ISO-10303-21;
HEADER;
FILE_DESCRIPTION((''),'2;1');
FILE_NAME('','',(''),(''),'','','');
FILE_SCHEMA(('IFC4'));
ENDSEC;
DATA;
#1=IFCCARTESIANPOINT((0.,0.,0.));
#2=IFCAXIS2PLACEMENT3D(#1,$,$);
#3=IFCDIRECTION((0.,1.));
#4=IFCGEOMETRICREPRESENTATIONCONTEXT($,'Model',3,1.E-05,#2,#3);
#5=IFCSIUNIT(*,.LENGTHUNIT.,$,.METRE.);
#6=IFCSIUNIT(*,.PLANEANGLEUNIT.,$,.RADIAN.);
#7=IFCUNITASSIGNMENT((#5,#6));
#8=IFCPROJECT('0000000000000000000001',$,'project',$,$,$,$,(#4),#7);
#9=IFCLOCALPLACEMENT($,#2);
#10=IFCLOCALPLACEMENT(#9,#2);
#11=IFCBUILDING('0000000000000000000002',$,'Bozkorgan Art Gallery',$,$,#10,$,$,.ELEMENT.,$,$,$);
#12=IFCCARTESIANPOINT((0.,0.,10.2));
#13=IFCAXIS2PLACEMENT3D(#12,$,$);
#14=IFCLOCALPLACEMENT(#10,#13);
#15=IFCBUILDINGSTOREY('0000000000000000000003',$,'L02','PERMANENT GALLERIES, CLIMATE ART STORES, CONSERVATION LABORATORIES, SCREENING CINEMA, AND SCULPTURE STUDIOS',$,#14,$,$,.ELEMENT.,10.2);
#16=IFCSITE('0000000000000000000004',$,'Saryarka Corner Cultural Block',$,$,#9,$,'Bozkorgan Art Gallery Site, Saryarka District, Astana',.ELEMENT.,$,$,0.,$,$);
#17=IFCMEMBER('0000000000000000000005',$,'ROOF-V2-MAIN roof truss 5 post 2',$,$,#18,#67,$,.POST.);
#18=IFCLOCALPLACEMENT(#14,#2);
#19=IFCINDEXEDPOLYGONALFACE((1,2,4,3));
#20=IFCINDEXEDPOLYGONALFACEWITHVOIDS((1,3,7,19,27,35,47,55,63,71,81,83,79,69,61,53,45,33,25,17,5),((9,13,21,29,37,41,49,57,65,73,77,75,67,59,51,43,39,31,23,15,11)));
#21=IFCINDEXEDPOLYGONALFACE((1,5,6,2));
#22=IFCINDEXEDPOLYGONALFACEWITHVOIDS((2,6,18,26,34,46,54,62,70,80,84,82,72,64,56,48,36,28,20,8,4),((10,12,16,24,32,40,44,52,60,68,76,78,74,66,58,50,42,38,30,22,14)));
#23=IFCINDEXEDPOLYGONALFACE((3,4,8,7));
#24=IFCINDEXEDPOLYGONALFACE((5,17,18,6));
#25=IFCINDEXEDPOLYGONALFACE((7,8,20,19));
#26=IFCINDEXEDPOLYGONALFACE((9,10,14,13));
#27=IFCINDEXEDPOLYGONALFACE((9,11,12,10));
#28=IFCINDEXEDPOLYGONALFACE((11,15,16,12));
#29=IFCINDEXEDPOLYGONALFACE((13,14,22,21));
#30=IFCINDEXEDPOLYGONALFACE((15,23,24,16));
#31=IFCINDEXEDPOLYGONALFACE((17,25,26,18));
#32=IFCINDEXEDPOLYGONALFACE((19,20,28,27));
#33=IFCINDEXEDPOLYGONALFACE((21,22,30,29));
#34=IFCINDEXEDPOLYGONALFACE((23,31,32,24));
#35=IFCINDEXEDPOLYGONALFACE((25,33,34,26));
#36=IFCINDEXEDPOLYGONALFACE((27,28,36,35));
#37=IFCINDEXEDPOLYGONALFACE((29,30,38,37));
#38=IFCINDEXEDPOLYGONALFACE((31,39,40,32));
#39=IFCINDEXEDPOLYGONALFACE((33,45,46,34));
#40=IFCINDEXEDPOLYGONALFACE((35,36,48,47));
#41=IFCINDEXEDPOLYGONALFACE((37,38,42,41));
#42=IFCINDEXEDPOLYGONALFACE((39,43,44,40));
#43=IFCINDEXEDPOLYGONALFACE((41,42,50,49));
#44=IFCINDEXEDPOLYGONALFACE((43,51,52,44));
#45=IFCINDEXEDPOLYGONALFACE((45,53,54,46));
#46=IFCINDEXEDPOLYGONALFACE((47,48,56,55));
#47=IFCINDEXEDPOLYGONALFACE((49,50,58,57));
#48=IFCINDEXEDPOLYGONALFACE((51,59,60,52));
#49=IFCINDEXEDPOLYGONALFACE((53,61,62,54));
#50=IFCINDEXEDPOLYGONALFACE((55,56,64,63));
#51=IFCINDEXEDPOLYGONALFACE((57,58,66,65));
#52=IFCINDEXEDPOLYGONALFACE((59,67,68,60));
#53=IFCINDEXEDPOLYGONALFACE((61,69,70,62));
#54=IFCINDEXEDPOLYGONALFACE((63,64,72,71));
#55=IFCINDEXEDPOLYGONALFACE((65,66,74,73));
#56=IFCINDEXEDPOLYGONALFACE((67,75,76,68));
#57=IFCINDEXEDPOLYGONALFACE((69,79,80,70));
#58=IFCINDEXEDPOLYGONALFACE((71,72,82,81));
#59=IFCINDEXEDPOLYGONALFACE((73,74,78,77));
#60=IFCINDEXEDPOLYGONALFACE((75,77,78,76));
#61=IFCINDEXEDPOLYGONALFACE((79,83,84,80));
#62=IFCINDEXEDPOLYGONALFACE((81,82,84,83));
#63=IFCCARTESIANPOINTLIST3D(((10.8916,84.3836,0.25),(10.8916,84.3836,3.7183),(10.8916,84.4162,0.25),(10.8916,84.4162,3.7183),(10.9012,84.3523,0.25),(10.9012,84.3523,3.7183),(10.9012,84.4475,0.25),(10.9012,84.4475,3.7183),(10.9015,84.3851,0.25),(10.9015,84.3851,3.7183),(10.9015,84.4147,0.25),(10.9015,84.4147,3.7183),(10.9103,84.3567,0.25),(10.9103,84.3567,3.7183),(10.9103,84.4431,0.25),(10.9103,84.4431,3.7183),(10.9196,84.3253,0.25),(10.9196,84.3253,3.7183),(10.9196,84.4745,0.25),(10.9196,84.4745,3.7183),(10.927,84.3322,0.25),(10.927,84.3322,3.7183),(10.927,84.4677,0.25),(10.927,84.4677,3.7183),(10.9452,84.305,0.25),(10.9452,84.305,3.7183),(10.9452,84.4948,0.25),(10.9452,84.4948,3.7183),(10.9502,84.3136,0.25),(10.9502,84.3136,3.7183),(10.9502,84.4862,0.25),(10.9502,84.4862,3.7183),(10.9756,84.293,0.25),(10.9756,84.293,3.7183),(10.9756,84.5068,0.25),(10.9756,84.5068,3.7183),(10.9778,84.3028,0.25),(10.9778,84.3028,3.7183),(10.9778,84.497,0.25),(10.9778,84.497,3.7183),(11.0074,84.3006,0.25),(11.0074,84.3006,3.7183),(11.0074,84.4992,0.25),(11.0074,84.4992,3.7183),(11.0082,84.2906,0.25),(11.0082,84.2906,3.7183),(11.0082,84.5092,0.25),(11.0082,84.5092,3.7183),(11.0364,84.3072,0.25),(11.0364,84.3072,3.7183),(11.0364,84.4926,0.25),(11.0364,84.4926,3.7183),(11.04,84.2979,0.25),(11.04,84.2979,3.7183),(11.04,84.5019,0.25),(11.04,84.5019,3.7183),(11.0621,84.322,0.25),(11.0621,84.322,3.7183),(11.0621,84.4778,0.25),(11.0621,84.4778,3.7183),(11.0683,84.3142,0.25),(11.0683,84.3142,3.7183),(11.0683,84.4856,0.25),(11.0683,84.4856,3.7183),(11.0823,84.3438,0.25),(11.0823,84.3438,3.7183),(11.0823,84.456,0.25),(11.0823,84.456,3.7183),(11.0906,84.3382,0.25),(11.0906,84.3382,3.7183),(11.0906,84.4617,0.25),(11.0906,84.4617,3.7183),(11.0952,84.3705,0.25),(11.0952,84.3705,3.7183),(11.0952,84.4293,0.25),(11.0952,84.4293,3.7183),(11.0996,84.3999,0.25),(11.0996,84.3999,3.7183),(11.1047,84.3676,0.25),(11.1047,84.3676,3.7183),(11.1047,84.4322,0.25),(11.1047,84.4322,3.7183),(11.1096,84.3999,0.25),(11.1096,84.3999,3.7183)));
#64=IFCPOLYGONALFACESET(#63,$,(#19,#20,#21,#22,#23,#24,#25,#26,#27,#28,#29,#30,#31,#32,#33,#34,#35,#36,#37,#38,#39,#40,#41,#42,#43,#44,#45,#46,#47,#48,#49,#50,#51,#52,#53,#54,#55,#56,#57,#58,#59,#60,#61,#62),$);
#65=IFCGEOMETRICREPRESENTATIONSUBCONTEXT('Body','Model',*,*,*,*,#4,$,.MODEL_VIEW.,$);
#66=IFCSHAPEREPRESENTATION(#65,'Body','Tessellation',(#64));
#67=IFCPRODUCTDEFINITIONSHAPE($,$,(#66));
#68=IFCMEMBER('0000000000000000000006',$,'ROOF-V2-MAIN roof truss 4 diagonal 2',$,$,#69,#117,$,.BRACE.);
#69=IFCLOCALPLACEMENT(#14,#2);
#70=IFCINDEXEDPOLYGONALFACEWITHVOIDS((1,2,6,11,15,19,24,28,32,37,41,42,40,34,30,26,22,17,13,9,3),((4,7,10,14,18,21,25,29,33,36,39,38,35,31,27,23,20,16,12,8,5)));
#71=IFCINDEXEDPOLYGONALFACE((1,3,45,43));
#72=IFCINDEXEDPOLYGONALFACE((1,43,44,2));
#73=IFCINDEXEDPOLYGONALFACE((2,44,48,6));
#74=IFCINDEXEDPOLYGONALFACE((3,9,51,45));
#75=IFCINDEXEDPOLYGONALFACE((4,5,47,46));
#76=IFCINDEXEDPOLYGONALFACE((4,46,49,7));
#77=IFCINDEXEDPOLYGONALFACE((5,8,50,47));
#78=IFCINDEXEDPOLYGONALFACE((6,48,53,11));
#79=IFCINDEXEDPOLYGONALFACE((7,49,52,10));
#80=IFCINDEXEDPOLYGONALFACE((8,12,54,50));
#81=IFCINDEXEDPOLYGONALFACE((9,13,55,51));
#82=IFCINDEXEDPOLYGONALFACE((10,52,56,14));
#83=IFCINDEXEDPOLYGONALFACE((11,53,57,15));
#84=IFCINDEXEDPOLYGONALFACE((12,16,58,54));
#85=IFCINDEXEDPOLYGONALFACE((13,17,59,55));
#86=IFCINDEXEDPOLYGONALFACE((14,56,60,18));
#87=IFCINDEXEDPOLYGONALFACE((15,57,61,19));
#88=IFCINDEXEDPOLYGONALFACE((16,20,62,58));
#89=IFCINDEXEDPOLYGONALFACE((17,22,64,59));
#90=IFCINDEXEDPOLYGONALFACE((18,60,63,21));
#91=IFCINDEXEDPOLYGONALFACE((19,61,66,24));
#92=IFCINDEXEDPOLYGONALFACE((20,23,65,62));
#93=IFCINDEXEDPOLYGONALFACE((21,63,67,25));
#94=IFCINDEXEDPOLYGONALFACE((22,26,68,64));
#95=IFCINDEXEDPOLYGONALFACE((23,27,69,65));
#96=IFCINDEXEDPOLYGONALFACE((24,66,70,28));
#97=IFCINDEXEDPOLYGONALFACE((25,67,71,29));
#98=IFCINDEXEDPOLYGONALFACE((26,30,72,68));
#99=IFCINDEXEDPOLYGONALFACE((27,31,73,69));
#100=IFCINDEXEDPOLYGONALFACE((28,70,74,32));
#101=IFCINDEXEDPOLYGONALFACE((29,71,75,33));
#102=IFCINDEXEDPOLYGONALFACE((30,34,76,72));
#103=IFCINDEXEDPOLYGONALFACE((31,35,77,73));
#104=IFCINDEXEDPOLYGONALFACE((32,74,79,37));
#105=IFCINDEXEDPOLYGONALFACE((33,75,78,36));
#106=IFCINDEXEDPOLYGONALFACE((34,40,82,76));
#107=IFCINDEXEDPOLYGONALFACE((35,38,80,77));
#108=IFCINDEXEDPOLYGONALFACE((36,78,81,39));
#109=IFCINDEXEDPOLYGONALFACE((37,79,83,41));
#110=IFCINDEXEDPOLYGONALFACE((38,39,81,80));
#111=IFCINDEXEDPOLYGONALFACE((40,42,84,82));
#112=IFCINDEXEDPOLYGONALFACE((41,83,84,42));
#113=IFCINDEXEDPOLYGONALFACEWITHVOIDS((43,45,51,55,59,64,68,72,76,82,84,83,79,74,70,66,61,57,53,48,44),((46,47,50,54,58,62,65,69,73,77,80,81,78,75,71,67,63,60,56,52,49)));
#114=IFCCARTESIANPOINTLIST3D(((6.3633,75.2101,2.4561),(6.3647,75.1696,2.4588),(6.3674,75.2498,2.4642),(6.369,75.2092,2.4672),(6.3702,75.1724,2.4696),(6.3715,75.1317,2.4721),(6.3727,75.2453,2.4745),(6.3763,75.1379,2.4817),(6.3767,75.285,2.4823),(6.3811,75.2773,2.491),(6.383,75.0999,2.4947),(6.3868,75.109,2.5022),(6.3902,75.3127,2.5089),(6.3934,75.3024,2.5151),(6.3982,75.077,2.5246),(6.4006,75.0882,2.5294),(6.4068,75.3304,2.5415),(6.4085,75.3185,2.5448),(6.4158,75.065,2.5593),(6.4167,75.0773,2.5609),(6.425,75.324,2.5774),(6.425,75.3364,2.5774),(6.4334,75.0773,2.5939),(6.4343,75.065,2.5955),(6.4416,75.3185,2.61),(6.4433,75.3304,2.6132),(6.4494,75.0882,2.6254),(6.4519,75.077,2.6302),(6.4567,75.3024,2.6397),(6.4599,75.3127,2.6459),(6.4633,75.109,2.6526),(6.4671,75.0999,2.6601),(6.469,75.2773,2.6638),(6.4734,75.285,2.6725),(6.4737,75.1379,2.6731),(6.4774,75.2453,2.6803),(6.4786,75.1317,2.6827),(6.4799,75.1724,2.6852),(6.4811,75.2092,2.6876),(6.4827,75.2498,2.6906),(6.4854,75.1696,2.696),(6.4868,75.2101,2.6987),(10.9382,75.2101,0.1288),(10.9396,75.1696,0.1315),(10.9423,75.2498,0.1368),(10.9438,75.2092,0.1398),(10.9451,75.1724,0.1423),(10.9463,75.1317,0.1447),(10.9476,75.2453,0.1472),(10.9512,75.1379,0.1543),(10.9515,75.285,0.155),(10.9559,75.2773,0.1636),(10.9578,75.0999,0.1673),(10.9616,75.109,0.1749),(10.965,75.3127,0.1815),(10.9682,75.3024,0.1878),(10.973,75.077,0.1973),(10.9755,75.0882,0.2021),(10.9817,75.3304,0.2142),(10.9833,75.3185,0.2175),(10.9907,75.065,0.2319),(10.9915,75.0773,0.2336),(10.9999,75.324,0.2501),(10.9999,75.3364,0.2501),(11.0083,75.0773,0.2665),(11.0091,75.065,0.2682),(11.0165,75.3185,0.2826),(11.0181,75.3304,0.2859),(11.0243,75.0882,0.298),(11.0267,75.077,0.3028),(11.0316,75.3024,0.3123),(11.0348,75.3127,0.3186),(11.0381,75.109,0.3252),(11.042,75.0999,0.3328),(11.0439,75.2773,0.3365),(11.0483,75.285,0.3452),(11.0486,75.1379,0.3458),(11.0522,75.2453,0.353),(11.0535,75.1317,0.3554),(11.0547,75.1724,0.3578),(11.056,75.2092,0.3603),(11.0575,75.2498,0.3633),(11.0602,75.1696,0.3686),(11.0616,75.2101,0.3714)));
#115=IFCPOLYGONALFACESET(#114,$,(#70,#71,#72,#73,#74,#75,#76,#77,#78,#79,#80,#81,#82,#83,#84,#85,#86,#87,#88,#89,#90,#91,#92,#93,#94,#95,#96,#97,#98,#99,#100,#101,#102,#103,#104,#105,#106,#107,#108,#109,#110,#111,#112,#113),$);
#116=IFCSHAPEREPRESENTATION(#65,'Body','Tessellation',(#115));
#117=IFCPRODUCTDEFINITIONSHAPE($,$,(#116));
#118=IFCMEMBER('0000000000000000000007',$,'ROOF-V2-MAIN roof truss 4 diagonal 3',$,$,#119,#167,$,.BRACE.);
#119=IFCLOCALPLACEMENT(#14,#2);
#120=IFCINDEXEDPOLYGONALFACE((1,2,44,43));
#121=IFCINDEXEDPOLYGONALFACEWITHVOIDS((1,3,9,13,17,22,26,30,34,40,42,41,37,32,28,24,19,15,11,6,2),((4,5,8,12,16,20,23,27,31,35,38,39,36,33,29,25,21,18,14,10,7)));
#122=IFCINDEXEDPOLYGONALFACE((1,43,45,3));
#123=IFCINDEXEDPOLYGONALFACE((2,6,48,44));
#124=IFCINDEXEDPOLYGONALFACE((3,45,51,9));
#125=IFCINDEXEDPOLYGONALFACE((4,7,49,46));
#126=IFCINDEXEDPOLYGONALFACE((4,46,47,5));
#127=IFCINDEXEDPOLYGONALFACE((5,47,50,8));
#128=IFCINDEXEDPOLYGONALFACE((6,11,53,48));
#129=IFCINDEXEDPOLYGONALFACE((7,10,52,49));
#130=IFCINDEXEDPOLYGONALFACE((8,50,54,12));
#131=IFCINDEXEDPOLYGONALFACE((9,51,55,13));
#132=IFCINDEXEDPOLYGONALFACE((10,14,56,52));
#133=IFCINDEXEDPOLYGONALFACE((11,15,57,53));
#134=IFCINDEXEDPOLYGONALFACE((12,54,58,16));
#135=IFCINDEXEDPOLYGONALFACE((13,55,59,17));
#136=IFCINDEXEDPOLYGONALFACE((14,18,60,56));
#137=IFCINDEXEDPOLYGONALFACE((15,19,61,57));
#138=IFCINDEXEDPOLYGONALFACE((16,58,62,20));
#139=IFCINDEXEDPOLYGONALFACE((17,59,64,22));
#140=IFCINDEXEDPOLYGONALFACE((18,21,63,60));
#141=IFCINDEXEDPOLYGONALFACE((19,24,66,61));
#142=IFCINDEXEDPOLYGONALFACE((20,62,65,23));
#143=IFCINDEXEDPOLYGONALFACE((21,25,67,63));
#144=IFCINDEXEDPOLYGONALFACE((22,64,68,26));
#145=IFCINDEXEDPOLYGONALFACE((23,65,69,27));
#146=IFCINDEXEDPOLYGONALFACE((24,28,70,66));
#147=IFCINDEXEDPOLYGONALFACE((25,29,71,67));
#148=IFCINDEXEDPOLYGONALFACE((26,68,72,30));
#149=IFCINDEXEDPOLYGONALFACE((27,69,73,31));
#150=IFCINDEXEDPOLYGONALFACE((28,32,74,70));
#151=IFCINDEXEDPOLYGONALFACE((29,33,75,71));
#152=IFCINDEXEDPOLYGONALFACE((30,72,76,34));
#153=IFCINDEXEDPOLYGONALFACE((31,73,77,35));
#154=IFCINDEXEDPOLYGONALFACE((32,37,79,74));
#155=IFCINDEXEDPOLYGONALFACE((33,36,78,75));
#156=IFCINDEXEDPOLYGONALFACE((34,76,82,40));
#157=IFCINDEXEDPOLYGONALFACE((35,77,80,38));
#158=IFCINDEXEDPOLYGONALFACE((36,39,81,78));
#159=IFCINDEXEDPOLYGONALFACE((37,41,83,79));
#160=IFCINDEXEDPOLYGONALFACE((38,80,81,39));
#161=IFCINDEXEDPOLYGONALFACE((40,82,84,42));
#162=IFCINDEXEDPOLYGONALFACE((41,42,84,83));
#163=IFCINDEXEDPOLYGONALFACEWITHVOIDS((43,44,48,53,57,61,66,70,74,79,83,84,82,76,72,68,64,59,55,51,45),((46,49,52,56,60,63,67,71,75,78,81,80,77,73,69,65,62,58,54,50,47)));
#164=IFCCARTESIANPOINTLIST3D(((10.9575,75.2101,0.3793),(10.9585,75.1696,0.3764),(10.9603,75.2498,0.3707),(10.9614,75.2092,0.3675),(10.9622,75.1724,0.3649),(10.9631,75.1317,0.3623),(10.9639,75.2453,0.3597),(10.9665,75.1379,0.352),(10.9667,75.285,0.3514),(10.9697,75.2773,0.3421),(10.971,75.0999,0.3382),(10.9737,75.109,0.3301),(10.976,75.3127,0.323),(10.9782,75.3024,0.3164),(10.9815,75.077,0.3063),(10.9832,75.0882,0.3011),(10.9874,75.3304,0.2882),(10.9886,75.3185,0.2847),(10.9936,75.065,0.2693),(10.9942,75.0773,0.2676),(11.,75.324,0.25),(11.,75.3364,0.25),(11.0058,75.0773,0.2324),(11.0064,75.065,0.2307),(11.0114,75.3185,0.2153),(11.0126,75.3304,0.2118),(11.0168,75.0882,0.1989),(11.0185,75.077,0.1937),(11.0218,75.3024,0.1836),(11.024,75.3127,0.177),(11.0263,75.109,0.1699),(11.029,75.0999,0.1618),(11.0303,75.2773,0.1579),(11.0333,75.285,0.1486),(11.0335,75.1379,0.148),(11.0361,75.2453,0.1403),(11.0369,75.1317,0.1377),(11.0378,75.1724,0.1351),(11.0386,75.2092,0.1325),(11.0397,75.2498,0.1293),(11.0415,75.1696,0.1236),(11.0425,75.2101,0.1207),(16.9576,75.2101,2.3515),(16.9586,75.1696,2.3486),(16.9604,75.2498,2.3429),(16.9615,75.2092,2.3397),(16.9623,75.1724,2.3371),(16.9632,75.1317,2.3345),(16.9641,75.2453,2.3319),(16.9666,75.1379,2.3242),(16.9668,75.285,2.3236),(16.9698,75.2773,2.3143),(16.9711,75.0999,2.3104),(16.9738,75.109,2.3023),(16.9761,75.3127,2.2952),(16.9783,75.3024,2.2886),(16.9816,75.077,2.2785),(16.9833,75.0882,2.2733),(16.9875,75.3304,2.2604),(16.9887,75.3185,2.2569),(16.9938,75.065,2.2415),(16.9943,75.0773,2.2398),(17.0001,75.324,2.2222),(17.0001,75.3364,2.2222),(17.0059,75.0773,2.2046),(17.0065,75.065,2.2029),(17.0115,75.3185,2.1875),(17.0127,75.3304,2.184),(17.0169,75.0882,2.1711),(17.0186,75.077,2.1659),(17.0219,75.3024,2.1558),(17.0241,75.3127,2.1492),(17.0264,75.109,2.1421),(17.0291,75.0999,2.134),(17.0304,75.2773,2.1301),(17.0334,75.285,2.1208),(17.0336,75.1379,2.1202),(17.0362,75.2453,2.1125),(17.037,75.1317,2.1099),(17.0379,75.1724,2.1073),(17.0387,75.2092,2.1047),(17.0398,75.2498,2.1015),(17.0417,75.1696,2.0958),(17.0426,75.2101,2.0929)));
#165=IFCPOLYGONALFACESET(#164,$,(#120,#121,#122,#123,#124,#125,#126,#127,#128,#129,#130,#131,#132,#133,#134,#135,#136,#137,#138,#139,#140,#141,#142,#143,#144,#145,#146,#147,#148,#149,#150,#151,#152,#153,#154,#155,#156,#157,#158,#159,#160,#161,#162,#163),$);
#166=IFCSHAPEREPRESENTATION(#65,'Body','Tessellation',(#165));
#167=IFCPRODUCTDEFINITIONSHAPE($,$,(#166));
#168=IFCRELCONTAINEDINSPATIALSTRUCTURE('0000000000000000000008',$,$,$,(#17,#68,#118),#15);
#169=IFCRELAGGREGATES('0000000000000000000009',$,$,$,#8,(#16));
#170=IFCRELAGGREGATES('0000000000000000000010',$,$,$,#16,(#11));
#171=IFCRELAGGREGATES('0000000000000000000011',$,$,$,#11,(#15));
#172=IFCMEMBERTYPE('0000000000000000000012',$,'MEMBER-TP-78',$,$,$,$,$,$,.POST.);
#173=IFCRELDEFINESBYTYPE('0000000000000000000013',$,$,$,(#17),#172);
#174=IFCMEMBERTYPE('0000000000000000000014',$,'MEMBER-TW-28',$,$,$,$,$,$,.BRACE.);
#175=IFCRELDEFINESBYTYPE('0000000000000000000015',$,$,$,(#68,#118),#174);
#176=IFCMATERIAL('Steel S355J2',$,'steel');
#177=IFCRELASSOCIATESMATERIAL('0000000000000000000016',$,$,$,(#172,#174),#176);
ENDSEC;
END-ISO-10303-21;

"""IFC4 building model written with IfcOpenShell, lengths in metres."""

from ifc_helpers import new_model, si_unit, direction, frame, origin, origin_2d, place, context, subcontext, project, spatial, hollow_circle, extrude, material, material_profile, profile_set, type_object, element, save


model = new_model("IFC4")

# Units and contexts
model_context = context("Model", 3, precision=1e-05, world=origin(), true_north=direction((0.0, 1.0)))
body_context = subcontext(model_context, "Body", "Model", "MODEL_VIEW")
ifc_project = project(units=[si_unit("LENGTHUNIT", "METRE"), si_unit("PLANEANGLEUNIT", "RADIAN")], contexts=[model_context])

# Site, building, storey
site_placement = place(None, origin())
site = spatial("IfcSite", under=ifc_project, at=site_placement, Name="Saryarka Corner Cultural Block", LongName="Bozkorgan Art Gallery Site, Saryarka District, Astana", CompositionType="ELEMENT", RefElevation=0.0)
building_placement = place(site_placement, origin())
building = spatial("IfcBuilding", under=site, at=building_placement, Name="Bozkorgan Art Gallery", CompositionType="ELEMENT")
storey_placement = place(building_placement, frame((0.0, 0.0, 10.2)))
storey = spatial("IfcBuildingStorey", under=building, at=storey_placement, Name="L02", Description="PERMANENT GALLERIES, CLIMATE ART STORES, CONSERVATION LABORATORIES, SCREENING CINEMA, AND SCULPTURE STUDIOS", CompositionType="ELEMENT", Elevation=10.2)

# Shared definitions
ifc_material_1 = material(Name="Steel S355J2", Category="steel")

# Members
ifc_material_profile_1 = material_profile(ifc_material_1, hollow_circle(Radius=0.1096, WallThickness=0.01, at=origin_2d()), Name="CHS 219.1x10")
ifc_profile_set_1 = profile_set([ifc_material_profile_1], Name="Steel S355J2")
member_type_1 = type_object("IfcMemberType", Name="MEMBER-TP-78", PredefinedType="POST", material=ifc_profile_set_1)
member_1_placement = place(storey_placement, frame((11.0, 84.3999, 0.25), z_axis=(0.0, 0.0, 1.0), x_axis=(1.0, 0.0, 0.0)))
element("IfcMember", 1, at=member_1_placement, inside=storey, type_object=member_type_1, Name="ROOF-V2-MAIN roof truss 5 post 2", PredefinedType="POST", context=body_context, shape_type="SweptSolid", body=[
    extrude(hollow_circle(Radius=0.1096, WallThickness=0.01, at=origin_2d()), origin(), (0.0, 0.0, 1.0), 3.4683),
])
ifc_material_profile_2 = material_profile(ifc_material_1, hollow_circle(Radius=0.1365, WallThickness=0.0125, at=origin_2d()), Name="CHS 273x12.5")
ifc_profile_set_2 = profile_set([ifc_material_profile_2], Name="Steel S355J2")
member_type_2 = type_object("IfcMemberType", Name="MEMBER-TW-28", PredefinedType="BRACE", material=ifc_profile_set_2)
member_2_placement = place(storey_placement, frame((6.425, 75.2, 2.5774), z_axis=(0.891295, 0.0, -0.453424), x_axis=(0.0, 1.0, 0.0)))
element("IfcMember", 2, at=member_2_placement, inside=storey, type_object=member_type_2, Name="ROOF-V2-MAIN roof truss 4 diagonal 2", PredefinedType="BRACE", context=body_context, shape_type="SweptSolid", body=[
    extrude(hollow_circle(Radius=0.1365, WallThickness=0.0125, at=origin_2d()), origin(), (0.0, 0.0, 1.0), 5.1328),
])
member_3_placement = place(storey_placement, frame((11.0, 75.2, 0.25), z_axis=(0.949997, 0.0, 0.312259), x_axis=(0.0, 1.0, 0.0)))
element("IfcMember", 3, at=member_3_placement, inside=storey, type_object=member_type_2, Name="ROOF-V2-MAIN roof truss 4 diagonal 3", PredefinedType="BRACE", context=body_context, shape_type="SweptSolid", body=[
    extrude(hollow_circle(Radius=0.1365, WallThickness=0.0125, at=origin_2d()), origin(), (0.0, 0.0, 1.0), 6.3159),
])

save(model, "model.ifc")
